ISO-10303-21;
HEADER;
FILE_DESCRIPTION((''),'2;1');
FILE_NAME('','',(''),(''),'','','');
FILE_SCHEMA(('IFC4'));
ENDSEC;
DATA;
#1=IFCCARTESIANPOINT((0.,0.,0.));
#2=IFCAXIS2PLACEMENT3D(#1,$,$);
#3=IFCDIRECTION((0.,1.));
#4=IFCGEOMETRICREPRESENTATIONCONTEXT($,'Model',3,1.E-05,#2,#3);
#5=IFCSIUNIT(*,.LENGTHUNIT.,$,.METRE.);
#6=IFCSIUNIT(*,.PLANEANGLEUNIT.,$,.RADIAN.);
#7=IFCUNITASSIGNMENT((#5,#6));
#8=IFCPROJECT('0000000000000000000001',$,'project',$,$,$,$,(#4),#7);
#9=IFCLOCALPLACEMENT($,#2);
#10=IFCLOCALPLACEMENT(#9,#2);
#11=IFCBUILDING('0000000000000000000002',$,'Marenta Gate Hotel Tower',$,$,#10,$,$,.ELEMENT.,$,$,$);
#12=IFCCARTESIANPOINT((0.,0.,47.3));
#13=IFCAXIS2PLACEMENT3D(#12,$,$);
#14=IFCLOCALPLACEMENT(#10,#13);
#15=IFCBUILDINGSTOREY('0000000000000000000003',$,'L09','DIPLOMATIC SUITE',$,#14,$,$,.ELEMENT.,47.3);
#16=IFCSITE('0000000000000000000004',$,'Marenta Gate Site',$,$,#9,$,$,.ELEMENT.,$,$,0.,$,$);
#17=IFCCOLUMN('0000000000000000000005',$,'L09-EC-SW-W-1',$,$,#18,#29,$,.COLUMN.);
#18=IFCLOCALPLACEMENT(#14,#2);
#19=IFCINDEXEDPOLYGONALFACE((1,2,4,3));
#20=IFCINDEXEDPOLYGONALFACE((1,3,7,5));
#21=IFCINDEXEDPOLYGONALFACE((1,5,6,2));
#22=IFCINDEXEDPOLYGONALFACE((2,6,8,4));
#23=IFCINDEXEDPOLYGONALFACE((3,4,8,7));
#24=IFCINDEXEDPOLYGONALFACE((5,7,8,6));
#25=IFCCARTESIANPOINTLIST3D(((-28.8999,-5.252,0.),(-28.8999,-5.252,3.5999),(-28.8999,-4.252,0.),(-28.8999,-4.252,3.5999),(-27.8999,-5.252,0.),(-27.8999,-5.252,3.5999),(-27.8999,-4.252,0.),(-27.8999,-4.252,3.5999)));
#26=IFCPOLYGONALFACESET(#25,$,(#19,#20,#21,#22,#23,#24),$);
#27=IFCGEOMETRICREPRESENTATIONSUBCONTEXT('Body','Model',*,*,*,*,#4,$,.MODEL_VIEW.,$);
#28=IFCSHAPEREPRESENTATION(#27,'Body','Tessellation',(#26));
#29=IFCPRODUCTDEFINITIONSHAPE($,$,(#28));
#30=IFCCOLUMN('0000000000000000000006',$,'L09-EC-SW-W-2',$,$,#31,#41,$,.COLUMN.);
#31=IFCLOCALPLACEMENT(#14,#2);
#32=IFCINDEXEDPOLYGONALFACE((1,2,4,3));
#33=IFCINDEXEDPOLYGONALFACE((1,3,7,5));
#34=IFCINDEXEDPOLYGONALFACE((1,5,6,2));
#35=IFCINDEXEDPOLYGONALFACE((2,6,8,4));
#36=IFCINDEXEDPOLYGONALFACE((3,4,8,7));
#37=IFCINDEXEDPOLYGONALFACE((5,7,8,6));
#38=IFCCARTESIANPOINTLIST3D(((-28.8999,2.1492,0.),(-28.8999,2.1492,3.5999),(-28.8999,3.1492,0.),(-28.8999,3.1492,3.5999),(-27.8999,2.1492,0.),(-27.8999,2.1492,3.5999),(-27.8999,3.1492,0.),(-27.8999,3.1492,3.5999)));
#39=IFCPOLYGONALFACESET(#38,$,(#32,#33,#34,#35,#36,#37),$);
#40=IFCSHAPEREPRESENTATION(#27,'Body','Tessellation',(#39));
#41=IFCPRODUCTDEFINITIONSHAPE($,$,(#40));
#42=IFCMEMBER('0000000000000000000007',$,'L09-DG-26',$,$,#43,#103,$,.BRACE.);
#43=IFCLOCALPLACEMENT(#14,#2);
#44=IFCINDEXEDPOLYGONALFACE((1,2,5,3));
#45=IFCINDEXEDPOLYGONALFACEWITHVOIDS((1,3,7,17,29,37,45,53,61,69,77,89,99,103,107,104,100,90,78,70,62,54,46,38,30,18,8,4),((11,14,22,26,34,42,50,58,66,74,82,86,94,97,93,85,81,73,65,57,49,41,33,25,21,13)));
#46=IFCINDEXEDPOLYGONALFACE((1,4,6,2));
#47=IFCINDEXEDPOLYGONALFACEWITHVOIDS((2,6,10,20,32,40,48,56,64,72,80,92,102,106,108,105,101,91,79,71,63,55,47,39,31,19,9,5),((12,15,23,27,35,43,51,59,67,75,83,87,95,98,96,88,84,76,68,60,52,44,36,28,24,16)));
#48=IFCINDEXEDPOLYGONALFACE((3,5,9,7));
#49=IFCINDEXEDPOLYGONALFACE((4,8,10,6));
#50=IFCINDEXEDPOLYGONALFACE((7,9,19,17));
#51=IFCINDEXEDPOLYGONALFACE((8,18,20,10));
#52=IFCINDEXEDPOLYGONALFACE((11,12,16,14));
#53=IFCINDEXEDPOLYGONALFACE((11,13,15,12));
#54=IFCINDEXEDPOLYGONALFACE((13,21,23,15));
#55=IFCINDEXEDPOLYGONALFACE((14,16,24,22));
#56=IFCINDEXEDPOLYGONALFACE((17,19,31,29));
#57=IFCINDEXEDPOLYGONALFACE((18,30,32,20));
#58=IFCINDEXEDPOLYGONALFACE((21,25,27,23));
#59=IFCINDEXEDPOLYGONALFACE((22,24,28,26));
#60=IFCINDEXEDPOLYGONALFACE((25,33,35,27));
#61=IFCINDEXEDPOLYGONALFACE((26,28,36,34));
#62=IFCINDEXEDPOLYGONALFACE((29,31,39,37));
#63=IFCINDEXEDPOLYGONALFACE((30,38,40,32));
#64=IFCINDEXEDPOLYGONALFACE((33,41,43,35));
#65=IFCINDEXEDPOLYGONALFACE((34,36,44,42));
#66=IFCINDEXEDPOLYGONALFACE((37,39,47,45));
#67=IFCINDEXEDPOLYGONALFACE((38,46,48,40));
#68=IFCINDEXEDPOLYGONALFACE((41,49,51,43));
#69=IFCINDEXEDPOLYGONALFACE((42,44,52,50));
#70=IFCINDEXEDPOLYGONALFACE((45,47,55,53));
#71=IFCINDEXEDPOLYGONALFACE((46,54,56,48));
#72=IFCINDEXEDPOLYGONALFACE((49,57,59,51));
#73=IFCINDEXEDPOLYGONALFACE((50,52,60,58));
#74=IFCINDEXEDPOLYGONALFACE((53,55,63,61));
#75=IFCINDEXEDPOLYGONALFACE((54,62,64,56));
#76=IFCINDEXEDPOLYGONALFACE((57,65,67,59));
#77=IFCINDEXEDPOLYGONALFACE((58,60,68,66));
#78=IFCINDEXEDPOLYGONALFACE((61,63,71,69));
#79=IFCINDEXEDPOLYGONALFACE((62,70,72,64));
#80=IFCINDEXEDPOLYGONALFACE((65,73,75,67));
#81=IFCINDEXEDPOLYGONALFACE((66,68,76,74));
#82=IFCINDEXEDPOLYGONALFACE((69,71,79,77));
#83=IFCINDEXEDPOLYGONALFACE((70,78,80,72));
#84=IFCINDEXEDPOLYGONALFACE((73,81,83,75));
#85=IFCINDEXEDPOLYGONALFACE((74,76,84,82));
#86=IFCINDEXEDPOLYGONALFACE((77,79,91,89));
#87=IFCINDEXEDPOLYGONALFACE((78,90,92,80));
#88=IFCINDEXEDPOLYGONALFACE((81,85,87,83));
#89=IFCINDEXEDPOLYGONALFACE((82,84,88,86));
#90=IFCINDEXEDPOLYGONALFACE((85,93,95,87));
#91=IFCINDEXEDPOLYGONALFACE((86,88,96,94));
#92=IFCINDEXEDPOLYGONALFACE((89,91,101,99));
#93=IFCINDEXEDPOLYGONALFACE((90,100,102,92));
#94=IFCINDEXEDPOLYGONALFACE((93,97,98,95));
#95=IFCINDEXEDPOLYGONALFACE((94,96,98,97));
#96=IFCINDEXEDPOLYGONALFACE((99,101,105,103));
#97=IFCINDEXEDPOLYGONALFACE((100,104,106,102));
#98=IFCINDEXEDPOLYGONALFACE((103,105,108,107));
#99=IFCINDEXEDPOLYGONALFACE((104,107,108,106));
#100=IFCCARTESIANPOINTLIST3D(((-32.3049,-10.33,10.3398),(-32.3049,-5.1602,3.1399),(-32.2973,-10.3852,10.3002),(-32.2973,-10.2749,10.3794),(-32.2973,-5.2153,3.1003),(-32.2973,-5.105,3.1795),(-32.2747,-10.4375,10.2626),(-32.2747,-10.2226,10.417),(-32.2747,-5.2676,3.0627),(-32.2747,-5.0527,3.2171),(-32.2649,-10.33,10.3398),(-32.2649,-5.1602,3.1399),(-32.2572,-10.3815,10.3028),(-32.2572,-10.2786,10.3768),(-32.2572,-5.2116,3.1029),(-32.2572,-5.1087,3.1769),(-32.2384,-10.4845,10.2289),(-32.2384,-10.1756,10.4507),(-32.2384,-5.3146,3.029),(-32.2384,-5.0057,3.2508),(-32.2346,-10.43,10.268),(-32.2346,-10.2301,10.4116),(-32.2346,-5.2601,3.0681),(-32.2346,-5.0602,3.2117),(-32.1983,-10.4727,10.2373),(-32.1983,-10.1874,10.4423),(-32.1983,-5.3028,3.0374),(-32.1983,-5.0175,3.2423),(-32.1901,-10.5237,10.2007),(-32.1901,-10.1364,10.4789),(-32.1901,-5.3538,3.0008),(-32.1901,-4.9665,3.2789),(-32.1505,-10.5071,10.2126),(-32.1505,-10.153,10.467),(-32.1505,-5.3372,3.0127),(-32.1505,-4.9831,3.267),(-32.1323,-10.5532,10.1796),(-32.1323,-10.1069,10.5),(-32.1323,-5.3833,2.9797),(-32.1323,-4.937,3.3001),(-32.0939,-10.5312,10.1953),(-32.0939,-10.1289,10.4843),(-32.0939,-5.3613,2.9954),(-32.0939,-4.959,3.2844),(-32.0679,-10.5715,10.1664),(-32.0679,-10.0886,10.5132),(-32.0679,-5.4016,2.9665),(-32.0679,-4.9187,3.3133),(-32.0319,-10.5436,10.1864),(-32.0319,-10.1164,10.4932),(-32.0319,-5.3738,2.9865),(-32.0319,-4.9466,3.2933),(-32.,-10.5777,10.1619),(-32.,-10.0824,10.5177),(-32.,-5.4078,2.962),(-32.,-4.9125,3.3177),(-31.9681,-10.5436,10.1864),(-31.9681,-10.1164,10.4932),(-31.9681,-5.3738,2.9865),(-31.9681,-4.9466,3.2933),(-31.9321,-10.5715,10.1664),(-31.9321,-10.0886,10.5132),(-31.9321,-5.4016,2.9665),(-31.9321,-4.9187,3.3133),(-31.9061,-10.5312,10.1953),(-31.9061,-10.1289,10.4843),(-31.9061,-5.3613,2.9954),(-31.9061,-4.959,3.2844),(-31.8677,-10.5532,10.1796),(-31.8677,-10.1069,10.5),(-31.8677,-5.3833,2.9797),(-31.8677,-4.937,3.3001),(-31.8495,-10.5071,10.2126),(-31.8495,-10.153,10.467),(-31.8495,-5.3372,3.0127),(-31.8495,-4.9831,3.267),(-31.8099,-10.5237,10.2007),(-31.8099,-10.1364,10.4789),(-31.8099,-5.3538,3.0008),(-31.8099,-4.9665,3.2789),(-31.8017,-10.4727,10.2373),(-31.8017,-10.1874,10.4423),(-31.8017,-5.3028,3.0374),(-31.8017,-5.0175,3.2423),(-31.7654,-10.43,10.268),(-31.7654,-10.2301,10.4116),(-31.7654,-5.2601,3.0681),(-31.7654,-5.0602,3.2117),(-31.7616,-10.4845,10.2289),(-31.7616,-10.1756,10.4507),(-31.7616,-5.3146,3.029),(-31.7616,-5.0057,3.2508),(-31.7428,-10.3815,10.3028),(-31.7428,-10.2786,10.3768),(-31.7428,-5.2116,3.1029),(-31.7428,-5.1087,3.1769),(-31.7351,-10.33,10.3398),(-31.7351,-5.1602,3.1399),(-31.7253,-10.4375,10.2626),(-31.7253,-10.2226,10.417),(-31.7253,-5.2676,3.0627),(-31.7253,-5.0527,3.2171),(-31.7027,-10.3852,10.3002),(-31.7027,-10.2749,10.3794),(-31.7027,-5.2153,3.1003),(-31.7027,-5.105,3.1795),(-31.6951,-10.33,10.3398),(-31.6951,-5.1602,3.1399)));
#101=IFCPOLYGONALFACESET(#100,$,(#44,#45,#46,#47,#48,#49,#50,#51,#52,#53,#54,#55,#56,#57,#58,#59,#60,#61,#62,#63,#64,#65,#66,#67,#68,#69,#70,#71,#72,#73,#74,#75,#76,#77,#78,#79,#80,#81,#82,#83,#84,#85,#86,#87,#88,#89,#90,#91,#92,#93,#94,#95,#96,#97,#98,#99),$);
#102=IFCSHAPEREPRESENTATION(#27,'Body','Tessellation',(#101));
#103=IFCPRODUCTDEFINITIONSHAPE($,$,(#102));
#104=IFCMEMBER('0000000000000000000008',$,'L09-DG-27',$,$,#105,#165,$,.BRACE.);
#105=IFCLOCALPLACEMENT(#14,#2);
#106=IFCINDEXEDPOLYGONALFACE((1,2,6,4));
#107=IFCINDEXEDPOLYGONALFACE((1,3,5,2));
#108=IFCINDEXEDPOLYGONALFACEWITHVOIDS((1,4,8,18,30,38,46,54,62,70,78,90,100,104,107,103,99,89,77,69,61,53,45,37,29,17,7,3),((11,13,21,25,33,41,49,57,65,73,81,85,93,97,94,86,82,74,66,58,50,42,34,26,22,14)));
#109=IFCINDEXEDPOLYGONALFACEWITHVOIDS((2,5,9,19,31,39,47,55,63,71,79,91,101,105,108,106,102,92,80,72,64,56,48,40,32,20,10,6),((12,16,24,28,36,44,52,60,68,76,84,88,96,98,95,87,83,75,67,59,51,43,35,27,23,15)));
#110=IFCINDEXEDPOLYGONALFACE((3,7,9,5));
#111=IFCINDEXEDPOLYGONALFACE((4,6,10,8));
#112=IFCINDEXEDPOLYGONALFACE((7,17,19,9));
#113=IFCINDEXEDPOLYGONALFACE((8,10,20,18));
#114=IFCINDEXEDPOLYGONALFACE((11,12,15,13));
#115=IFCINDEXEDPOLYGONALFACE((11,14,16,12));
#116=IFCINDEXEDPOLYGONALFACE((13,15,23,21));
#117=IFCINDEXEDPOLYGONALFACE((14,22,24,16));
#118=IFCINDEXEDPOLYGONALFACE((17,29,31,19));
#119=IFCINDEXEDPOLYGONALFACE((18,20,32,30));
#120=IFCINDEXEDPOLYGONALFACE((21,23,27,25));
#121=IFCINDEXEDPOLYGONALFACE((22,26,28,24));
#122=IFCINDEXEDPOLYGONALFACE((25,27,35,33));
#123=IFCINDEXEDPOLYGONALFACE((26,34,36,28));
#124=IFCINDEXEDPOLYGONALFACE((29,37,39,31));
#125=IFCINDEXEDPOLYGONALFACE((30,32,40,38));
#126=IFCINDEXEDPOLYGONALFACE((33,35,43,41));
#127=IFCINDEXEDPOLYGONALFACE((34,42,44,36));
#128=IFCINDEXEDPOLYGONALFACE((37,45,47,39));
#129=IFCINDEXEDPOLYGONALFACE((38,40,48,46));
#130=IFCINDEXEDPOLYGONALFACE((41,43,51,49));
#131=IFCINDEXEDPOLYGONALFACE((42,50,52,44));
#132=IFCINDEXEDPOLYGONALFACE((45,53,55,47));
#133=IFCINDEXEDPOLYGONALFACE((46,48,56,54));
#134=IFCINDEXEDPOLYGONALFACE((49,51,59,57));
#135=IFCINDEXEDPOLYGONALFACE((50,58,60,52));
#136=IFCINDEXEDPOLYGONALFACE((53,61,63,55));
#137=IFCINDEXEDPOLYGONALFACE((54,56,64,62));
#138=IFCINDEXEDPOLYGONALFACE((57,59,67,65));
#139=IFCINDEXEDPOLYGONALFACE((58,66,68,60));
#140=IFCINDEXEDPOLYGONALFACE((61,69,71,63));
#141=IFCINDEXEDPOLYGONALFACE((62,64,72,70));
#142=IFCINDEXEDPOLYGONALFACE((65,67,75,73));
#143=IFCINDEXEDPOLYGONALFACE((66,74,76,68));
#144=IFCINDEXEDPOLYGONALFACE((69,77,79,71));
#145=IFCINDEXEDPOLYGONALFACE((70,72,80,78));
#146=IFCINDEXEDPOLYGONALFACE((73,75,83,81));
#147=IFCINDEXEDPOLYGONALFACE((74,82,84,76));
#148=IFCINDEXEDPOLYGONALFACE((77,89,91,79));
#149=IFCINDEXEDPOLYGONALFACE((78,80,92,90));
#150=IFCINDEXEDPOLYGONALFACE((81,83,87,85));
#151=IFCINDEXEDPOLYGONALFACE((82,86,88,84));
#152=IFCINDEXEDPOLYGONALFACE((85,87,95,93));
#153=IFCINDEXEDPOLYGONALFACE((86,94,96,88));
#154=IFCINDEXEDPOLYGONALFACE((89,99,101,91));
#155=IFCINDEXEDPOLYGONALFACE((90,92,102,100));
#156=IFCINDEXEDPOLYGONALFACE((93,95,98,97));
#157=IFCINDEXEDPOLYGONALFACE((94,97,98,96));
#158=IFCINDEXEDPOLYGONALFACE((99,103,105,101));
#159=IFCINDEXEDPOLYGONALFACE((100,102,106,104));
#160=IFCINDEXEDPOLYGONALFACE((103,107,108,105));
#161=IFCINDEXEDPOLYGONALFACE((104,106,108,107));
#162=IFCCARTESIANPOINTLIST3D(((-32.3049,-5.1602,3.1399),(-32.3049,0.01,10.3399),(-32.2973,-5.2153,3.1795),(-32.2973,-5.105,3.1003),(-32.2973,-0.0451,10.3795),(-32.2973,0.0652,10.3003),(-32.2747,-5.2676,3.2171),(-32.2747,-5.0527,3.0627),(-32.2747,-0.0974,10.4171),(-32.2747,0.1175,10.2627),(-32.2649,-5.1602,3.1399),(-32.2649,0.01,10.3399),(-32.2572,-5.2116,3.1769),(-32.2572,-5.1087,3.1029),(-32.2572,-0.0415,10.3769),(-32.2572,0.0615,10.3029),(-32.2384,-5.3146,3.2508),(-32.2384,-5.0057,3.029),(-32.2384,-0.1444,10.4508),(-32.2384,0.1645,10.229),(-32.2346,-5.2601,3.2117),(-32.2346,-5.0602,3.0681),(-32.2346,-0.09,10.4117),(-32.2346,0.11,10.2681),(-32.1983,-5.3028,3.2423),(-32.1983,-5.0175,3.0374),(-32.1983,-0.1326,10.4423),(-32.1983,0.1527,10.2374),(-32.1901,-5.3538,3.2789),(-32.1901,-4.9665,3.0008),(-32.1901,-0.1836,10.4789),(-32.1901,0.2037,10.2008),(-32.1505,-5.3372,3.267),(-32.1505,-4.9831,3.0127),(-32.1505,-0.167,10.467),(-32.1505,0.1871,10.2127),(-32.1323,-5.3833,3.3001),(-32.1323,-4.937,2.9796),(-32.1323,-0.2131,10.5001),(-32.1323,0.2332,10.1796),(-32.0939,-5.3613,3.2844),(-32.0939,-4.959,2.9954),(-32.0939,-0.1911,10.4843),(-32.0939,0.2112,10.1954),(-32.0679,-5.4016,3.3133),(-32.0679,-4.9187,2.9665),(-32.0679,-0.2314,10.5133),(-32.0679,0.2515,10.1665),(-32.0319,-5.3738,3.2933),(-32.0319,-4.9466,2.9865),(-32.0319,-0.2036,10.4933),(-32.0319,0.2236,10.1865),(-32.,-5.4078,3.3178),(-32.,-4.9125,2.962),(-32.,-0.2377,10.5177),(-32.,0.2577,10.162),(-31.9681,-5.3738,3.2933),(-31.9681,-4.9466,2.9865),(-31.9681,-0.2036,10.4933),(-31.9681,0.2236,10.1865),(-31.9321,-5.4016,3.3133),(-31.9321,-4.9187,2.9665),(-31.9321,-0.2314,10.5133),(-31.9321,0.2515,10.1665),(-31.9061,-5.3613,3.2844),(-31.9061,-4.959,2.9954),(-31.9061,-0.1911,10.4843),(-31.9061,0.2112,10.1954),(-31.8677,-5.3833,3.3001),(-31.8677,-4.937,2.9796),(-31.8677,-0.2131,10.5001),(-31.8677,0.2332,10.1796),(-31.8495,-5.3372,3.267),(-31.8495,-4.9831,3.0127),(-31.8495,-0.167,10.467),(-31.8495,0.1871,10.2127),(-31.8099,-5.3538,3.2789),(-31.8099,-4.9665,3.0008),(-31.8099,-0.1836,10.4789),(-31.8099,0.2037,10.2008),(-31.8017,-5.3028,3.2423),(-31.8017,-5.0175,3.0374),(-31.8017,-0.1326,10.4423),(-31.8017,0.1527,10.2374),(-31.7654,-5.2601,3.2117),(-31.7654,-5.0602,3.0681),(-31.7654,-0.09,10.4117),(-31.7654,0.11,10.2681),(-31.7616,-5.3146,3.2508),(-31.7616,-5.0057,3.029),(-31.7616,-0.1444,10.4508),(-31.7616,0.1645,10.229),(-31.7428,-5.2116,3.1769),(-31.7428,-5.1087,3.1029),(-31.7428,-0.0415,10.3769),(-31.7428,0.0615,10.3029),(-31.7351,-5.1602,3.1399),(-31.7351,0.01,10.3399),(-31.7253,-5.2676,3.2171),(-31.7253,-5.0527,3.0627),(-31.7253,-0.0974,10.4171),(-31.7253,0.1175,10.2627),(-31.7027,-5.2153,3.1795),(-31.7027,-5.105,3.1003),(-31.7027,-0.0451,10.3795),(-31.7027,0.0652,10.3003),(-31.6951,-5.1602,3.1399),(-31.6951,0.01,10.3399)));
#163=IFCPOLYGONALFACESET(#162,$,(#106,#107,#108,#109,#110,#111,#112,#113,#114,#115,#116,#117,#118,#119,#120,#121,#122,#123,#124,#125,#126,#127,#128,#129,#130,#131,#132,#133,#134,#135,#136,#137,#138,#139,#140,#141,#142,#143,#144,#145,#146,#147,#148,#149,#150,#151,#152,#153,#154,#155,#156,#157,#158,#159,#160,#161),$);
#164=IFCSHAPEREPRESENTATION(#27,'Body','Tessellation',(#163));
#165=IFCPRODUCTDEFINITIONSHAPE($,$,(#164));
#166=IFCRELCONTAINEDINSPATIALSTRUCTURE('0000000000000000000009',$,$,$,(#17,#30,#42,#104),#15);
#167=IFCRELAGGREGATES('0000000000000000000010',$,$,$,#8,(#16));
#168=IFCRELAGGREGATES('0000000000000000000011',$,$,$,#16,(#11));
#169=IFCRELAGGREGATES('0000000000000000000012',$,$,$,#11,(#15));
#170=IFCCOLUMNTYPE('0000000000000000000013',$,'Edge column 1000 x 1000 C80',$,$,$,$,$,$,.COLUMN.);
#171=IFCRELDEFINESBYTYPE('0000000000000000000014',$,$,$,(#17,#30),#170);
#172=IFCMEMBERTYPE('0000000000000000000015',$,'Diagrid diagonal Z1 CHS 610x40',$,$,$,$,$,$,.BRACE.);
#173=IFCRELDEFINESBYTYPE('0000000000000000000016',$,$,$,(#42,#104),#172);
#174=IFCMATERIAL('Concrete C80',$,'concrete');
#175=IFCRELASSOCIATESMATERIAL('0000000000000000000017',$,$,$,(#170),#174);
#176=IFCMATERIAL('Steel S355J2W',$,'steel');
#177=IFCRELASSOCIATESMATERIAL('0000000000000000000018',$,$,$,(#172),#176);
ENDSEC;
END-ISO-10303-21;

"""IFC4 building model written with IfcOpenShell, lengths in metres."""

from ifc_helpers import new_model, si_unit, direction, frame, origin, origin_2d, place, context, subcontext, project, spatial, rectangle, hollow_circle, extrude, material, material_profile, profile_set, type_object, element, save


model = new_model("IFC4")

# Units and contexts
model_context = context("Model", 3, precision=1e-05, world=origin(), true_north=direction((0.0, 1.0)))
body_context = subcontext(model_context, "Body", "Model", "MODEL_VIEW")
ifc_project = project(units=[si_unit("LENGTHUNIT", "METRE"), si_unit("PLANEANGLEUNIT", "RADIAN")], contexts=[model_context])

# Site, building, storey
site_placement = place(None, origin())
site = spatial("IfcSite", under=ifc_project, at=site_placement, Name="Marenta Gate Site", CompositionType="ELEMENT", RefElevation=0.0)
building_placement = place(site_placement, origin())
building = spatial("IfcBuilding", under=site, at=building_placement, Name="Marenta Gate Hotel Tower", CompositionType="ELEMENT")
storey_placement = place(building_placement, frame((0.0, 0.0, 47.3)))
storey = spatial("IfcBuildingStorey", under=building, at=storey_placement, Name="L09", Description="DIPLOMATIC SUITE", CompositionType="ELEMENT", Elevation=47.3)

# Columns
ifc_material_1 = material(Name="Concrete C80", Category="concrete")
ifc_material_profile_1 = material_profile(ifc_material_1, rectangle(XDim=1.0, YDim=1.0, at=origin_2d()), Name="1000 x 1000")
ifc_profile_set_1 = profile_set([ifc_material_profile_1], Name="Concrete C80")
column_type = type_object("IfcColumnType", Name="Edge column 1000 x 1000 C80", PredefinedType="COLUMN", material=ifc_profile_set_1)
for number, where, z_axis, x_axis, name in (
    (1, (-28.3999, -4.752, 0.0), (0.0, 0.0, 1.0), (1.0, 0.0, 0.0), "L09-EC-SW-W-1"),
    (2, (-28.3999, 2.6492, 0.0), (0.0, 0.0, 1.0), (1.0, 0.0, 0.0), "L09-EC-SW-W-2"),
):
    element("IfcColumn", number, at=place(storey_placement, frame(where, z_axis=z_axis, x_axis=x_axis)), inside=storey, type_object=column_type, Name=name, PredefinedType="COLUMN", context=body_context, shape_type="SweptSolid", body=[
        extrude(rectangle(XDim=1.0, YDim=1.0, at=origin_2d()), origin(), (0.0, 0.0, 1.0), 3.5999),
    ])

# Members
ifc_material_2 = material(Name="Steel S355J2W", Category="steel")
ifc_material_profile_2 = material_profile(ifc_material_2, hollow_circle(Radius=0.3049, WallThickness=0.04, at=origin_2d()), Name="CHS 610x40")
ifc_profile_set_2 = profile_set([ifc_material_profile_2], Name="Steel S355J2W")
member_type_1 = type_object("IfcMemberType", Name="Diagrid diagonal Z1 CHS 610x40", PredefinedType="BRACE", material=ifc_profile_set_2)
member_1_placement = place(storey_placement, frame((-32.0, -5.1602, 3.1399), z_axis=(0.0, -0.583261, 0.812285), x_axis=(1.0, 0.0, 0.0)))
element("IfcMember", 3, at=member_1_placement, inside=storey, type_object=member_type_1, Name="L09-DG-26", PredefinedType="BRACE", context=body_context, shape_type="SweptSolid", body=[
    extrude(hollow_circle(Radius=0.3049, WallThickness=0.04, at=origin_2d()), origin(), (0.0, 0.0, 1.0), 8.8638),
])
member_2_placement = place(storey_placement, frame((-32.0, -5.1602, 3.1399), z_axis=(0.0, 0.583279, 0.812272), x_axis=(-1.0, 0.0, 0.0)))
element("IfcMember", 4, at=member_2_placement, inside=storey, type_object=member_type_1, Name="L09-DG-27", PredefinedType="BRACE", context=body_context, shape_type="SweptSolid", body=[
    extrude(hollow_circle(Radius=0.3049, WallThickness=0.04, at=origin_2d()), origin(), (0.0, 0.0, 1.0), 8.864),
])

save(model, "model.ifc")
